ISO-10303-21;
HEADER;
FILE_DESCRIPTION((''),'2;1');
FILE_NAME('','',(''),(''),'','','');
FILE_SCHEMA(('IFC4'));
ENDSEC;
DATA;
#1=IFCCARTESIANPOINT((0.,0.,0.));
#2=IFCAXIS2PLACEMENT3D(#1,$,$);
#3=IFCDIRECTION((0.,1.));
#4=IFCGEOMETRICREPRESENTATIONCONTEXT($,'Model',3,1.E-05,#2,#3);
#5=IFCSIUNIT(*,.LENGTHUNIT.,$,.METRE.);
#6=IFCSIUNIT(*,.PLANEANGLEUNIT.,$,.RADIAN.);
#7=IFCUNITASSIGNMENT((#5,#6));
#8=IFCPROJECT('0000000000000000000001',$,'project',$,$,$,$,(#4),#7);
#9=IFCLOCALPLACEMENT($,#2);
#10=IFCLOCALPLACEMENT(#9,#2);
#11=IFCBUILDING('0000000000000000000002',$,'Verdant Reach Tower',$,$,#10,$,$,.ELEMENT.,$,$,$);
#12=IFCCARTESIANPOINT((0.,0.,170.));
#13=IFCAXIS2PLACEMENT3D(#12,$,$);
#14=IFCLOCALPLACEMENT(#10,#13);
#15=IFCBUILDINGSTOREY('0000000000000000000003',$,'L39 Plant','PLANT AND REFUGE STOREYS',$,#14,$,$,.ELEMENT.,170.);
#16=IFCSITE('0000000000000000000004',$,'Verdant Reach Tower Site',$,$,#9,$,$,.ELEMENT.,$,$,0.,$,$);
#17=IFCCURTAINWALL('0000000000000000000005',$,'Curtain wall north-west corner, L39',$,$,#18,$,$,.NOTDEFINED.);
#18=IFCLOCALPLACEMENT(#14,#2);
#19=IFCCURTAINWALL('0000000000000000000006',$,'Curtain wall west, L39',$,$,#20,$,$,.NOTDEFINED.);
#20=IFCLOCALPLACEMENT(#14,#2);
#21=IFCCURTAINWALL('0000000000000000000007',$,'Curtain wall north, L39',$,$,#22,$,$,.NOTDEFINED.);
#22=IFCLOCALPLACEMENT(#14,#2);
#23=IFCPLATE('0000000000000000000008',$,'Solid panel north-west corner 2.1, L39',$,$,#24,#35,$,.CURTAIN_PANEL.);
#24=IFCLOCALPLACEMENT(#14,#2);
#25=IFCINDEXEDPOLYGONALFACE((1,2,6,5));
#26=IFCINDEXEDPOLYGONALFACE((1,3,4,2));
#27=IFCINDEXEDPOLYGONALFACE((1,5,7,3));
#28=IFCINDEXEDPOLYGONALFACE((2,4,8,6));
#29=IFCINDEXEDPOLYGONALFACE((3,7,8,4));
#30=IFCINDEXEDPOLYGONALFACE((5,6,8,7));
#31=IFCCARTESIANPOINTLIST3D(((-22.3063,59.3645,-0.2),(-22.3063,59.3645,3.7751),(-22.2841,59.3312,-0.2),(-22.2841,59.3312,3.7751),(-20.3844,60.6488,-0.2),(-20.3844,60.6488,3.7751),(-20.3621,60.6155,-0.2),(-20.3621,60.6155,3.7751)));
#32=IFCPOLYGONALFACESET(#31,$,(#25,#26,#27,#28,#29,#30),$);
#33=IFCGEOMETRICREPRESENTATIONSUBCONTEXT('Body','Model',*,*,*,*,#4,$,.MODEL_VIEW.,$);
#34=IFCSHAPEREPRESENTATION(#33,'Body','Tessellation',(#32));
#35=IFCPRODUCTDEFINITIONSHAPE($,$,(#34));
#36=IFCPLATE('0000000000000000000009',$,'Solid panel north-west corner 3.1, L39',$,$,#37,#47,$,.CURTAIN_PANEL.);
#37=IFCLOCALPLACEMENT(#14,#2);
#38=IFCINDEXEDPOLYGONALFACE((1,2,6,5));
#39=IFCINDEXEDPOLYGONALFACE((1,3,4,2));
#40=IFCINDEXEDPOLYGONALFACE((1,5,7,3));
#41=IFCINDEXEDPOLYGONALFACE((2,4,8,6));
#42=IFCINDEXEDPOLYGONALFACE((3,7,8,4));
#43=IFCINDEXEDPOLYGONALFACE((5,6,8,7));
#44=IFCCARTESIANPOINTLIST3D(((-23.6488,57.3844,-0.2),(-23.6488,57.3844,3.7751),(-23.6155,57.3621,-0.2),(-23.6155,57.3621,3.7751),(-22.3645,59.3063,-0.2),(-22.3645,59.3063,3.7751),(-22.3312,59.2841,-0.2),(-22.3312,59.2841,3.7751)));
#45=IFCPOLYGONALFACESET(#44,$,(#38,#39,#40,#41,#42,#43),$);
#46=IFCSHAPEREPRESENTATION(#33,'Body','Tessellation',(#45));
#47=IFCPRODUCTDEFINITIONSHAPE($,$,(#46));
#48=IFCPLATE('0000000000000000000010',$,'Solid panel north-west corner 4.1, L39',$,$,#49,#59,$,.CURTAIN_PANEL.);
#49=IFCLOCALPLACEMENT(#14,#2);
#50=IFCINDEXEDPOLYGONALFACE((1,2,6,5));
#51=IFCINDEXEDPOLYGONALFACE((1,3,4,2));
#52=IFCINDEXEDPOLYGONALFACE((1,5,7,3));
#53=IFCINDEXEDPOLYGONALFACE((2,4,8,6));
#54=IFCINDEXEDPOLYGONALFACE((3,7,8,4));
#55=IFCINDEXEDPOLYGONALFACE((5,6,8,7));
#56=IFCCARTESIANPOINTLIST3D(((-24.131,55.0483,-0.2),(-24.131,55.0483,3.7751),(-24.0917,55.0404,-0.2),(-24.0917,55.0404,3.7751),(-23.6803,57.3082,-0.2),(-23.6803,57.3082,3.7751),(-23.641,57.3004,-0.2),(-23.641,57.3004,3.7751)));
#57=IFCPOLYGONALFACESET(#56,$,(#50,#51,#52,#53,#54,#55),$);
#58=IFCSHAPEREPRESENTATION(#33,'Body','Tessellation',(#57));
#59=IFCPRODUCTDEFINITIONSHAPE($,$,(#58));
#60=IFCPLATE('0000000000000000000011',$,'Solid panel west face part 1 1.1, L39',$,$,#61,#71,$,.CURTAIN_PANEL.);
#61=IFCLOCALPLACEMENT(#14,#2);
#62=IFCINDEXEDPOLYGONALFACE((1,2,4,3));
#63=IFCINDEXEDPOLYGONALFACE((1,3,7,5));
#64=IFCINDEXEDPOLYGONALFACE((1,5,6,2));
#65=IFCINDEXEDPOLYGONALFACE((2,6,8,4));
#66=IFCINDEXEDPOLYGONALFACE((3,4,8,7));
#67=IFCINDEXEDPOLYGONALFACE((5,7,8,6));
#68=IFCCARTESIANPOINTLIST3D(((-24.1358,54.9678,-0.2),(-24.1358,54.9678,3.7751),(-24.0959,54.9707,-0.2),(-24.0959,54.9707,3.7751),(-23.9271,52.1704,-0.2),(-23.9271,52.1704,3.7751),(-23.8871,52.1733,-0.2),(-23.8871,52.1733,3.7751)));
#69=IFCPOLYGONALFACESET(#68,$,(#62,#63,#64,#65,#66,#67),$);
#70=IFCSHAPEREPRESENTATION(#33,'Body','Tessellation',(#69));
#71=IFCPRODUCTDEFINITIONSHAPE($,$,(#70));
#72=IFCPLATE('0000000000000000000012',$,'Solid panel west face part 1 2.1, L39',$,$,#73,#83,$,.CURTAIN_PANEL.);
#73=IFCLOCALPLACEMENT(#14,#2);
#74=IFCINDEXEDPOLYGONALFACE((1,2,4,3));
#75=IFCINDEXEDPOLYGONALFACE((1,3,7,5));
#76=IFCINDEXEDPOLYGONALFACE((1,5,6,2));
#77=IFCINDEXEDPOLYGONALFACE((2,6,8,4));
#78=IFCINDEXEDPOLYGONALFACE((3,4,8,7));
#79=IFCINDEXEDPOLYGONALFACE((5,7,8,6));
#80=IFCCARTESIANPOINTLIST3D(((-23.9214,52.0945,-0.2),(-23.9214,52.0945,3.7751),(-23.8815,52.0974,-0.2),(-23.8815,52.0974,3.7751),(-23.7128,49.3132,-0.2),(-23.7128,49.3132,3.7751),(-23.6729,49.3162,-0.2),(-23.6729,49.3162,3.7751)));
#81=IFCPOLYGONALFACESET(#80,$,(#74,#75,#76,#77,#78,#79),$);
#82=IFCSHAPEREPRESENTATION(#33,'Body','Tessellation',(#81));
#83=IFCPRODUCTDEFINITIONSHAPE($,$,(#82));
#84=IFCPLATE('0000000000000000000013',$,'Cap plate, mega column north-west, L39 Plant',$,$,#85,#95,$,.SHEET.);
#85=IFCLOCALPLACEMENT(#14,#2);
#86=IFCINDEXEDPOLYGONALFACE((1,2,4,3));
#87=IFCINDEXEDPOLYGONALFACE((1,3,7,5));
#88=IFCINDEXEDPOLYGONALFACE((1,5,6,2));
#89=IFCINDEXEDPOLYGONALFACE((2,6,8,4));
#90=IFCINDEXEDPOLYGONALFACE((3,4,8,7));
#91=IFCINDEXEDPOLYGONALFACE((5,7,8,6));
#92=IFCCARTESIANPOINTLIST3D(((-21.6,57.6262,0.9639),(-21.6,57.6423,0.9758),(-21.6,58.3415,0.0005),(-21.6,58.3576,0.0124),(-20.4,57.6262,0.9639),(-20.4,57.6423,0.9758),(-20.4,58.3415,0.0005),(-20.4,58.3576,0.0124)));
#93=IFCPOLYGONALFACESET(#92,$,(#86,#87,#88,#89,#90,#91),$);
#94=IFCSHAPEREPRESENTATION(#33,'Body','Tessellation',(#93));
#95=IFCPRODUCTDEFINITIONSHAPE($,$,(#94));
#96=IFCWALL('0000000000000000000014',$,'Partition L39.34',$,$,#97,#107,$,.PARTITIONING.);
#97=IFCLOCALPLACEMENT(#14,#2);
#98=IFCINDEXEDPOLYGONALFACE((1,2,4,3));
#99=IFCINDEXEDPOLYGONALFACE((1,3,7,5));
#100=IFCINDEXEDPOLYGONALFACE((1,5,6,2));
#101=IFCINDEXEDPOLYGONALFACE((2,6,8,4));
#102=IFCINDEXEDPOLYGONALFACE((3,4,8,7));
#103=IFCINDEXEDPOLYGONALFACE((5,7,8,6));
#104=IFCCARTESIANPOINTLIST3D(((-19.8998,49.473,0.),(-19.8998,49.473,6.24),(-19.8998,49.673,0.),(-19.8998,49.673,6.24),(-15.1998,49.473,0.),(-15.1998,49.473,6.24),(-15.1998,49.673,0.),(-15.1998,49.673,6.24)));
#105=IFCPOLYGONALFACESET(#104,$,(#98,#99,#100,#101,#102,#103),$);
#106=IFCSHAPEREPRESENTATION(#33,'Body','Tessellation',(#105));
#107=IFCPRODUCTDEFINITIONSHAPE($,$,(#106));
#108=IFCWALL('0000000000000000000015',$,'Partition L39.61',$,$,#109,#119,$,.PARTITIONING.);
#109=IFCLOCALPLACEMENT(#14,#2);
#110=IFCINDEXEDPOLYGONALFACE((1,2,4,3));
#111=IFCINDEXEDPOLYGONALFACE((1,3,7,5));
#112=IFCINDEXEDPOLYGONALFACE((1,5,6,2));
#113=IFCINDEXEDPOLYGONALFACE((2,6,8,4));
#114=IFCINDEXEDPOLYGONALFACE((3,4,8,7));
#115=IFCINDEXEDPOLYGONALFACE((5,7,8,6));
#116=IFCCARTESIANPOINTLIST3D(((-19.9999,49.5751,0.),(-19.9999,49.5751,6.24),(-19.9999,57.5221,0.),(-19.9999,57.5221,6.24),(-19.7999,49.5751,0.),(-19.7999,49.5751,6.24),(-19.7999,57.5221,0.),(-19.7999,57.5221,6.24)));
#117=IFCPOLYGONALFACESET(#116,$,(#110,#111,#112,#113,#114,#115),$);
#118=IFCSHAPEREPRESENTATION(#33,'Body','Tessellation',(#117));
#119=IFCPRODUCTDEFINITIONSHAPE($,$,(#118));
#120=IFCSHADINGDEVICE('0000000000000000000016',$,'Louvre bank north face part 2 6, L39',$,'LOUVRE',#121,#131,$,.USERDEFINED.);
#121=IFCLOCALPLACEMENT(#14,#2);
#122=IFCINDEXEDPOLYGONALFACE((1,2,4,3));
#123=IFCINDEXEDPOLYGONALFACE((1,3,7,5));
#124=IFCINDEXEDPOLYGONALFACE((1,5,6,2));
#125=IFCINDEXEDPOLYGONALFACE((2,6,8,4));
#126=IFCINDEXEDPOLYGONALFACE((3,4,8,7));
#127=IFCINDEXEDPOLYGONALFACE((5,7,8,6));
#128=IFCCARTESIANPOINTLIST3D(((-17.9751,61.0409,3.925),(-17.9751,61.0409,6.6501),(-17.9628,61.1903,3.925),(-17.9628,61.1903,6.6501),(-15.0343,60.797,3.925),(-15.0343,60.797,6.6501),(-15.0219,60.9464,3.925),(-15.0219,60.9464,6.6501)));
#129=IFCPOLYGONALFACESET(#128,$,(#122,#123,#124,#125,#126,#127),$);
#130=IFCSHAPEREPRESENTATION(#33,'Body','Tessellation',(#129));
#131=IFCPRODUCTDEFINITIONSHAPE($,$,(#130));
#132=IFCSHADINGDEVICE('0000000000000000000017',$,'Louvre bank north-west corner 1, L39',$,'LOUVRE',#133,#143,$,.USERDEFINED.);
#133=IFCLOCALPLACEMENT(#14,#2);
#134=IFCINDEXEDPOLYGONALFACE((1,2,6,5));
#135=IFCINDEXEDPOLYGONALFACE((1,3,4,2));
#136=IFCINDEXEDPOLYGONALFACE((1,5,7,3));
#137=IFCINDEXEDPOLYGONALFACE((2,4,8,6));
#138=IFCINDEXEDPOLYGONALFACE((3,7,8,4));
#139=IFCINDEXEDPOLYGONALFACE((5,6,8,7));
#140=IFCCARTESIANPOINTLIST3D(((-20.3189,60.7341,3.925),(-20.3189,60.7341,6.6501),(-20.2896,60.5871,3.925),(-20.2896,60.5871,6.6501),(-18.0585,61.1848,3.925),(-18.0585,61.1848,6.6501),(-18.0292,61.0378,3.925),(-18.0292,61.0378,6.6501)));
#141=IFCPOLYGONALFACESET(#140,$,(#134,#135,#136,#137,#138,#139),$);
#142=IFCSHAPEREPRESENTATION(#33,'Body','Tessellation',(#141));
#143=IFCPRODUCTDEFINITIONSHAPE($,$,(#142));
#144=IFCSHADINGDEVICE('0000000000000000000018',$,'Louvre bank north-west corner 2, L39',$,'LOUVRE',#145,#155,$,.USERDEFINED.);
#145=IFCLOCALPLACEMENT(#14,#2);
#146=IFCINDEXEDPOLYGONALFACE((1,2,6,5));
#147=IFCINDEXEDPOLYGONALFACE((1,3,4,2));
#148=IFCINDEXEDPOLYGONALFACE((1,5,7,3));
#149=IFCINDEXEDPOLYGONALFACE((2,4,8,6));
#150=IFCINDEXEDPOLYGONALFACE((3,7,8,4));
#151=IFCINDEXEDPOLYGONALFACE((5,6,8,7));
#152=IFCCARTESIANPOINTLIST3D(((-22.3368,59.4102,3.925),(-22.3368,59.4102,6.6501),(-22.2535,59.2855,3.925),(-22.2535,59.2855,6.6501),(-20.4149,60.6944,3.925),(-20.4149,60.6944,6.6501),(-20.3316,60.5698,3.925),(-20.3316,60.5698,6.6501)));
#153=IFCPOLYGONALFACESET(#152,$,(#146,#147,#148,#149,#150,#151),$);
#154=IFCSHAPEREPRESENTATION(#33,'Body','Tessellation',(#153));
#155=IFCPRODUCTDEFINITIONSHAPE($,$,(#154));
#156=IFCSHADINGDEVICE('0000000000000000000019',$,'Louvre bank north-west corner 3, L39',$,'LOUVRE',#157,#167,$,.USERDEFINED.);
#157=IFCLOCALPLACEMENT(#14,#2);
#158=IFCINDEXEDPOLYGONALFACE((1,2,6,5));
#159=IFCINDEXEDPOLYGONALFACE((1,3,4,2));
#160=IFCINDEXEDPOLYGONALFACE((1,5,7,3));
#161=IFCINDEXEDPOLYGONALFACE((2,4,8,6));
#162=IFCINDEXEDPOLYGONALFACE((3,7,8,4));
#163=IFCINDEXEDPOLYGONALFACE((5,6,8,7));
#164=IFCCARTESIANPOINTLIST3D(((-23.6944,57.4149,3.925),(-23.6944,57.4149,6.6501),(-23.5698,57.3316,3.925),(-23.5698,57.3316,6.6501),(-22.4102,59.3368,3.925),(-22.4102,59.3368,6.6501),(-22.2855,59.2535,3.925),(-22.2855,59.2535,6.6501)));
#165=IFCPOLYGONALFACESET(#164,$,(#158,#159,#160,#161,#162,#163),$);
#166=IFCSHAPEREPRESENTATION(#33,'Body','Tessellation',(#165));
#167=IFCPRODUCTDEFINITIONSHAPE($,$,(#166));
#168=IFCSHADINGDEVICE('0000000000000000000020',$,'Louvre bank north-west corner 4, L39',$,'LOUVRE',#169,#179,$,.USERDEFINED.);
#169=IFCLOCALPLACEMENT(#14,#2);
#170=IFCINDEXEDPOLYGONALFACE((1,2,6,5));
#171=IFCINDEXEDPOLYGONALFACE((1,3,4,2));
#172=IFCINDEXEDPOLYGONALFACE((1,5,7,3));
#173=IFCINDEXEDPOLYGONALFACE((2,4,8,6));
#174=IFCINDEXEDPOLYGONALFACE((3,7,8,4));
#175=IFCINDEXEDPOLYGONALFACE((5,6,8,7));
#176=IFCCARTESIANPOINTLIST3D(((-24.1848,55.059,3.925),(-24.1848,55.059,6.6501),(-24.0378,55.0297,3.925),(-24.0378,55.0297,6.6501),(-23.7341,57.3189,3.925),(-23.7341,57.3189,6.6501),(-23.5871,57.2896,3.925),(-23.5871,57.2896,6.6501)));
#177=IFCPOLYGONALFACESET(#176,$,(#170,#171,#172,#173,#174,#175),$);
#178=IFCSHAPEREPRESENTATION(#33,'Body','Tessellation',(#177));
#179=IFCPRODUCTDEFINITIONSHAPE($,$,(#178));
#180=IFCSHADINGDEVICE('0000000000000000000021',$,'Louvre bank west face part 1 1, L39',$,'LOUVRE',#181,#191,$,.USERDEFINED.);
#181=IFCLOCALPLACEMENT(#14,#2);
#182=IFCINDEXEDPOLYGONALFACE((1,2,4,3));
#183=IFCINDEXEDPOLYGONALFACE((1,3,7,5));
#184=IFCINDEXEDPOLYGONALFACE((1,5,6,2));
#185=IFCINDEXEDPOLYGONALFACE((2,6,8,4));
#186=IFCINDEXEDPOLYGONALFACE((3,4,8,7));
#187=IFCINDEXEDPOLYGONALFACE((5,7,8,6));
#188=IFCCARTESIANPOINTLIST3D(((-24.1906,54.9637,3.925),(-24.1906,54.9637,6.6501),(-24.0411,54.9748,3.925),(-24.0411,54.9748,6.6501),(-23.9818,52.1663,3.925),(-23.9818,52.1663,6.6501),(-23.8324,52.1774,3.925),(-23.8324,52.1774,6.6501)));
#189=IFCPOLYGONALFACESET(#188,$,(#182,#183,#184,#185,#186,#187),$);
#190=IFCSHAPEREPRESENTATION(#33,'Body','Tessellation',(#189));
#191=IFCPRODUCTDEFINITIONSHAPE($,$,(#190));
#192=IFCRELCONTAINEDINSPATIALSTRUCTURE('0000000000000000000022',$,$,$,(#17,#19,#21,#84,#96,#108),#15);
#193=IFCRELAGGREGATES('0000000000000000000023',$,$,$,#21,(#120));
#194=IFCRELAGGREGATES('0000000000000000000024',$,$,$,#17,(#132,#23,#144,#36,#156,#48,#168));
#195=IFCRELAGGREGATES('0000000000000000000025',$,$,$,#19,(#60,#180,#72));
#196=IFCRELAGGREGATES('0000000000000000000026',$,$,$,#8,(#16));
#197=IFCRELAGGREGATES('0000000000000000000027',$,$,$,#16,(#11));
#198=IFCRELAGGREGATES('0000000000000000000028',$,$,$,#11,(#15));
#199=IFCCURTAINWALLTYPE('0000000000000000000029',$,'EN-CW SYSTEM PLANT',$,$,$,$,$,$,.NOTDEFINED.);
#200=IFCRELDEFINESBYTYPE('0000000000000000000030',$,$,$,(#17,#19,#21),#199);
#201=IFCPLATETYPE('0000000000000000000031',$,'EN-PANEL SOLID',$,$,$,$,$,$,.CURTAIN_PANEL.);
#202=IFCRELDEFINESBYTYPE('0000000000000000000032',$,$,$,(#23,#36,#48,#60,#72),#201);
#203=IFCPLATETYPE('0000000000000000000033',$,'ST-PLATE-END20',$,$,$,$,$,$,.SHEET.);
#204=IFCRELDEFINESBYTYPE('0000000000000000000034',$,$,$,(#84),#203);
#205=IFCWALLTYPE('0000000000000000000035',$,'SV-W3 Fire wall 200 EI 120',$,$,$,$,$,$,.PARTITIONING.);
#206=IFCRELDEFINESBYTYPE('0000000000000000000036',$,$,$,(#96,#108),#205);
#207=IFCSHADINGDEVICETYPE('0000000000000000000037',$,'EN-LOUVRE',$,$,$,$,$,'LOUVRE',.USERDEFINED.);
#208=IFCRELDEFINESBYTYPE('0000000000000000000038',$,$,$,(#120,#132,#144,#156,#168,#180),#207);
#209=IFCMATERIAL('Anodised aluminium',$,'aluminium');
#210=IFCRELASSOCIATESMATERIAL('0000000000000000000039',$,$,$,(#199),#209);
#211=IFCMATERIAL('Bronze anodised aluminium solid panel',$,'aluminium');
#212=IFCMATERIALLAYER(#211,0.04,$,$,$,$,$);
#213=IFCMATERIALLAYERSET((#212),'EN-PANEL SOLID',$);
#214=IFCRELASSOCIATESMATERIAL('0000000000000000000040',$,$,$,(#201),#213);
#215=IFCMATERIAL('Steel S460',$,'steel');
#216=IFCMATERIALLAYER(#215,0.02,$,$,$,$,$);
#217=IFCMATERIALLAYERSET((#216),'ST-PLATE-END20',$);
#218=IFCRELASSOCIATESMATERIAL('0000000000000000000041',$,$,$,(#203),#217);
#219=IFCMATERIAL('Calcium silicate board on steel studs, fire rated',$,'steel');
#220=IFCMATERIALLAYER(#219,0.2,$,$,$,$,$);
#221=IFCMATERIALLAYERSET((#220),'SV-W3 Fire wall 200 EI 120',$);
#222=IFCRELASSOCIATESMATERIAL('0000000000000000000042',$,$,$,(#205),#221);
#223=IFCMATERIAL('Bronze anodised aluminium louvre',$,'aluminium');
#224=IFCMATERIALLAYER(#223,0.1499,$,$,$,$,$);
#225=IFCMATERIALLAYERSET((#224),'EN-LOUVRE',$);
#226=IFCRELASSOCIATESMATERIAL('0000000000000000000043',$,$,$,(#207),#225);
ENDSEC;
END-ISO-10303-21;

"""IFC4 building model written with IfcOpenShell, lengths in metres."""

from ifc_helpers import new_model, si_unit, direction, frame, frame_2d, origin, origin_2d, place, context, subcontext, project, spatial, rectangle, extrude, material, layer, layer_set, type_object, element, aggregate, save


model = new_model("IFC4")

# Units and contexts
model_context = context("Model", 3, precision=1e-05, world=origin(), true_north=direction((0.0, 1.0)))
body_context = subcontext(model_context, "Body", "Model", "MODEL_VIEW")
ifc_project = project(units=[si_unit("LENGTHUNIT", "METRE"), si_unit("PLANEANGLEUNIT", "RADIAN")], contexts=[model_context])

# Site, building, storey
site_placement = place(None, origin())
site = spatial("IfcSite", under=ifc_project, at=site_placement, Name="Verdant Reach Tower Site", CompositionType="ELEMENT", RefElevation=0.0)
building_placement = place(site_placement, origin())
building = spatial("IfcBuilding", under=site, at=building_placement, Name="Verdant Reach Tower", CompositionType="ELEMENT")
storey_placement = place(building_placement, frame((0.0, 0.0, 170.0)))
storey = spatial("IfcBuildingStorey", under=building, at=storey_placement, Name="L39 Plant", Description="PLANT AND REFUGE STOREYS", CompositionType="ELEMENT", Elevation=170.0)

# Shared definitions
ifc_material_1 = material(Name="Steel S460", Category="steel")

# Curtain walls
ifc_material_2 = material(Name="Anodised aluminium", Category="aluminium")
curtain_wall_type = type_object("IfcCurtainWallType", Name="EN-CW SYSTEM PLANT", PredefinedType="NOTDEFINED", material=ifc_material_2)
curtain_wall_1_placement = place(storey_placement, origin())
curtain_wall_1 = element("IfcCurtainWall", 1, at=curtain_wall_1_placement, inside=storey, type_object=curtain_wall_type, Name="Curtain wall north-west corner, L39", PredefinedType="NOTDEFINED")
curtain_wall_2_placement = place(storey_placement, origin())
curtain_wall_2 = element("IfcCurtainWall", 2, at=curtain_wall_2_placement, inside=storey, type_object=curtain_wall_type, Name="Curtain wall west, L39", PredefinedType="NOTDEFINED")

# Curtain wall
curtain_wall_3_placement = place(storey_placement, origin())
curtain_wall_3 = element("IfcCurtainWall", 3, at=curtain_wall_3_placement, inside=storey, type_object=curtain_wall_type, Name="Curtain wall north, L39", PredefinedType="NOTDEFINED")
ifc_material_3 = material(Name="Bronze anodised aluminium solid panel", Category="aluminium")
ifc_layer_1 = layer(ifc_material_3, 0.04)
ifc_layer_set_1 = layer_set([ifc_layer_1], Name="EN-PANEL SOLID")
plate_type_1 = type_object("IfcPlateType", Name="EN-PANEL SOLID", PredefinedType="CURTAIN_PANEL", material=ifc_layer_set_1)

# Plates
plate_1_placement = place(storey_placement, frame((-21.3342, 59.99, -0.2), z_axis=(0.0, 0.0, 1.0), x_axis=(-0.831452, -0.555596, 0.0)))
plate_1 = element("IfcPlate", 4, at=plate_1_placement, type_object=plate_type_1, Name="Solid panel north-west corner 2.1, L39", PredefinedType="CURTAIN_PANEL", context=body_context, shape_type="SweptSolid", body=[
    extrude(rectangle(XDim=2.3115, YDim=0.04, at=origin_2d()), origin(), (0.0, 0.0, 1.0), 3.9751),
])
plate_2_placement = place(storey_placement, frame((-22.99, 58.3342, -0.2), z_axis=(0.0, 0.0, 1.0), x_axis=(-0.555596, -0.831452, 0.0)))
plate_2 = element("IfcPlate", 5, at=plate_2_placement, type_object=plate_type_1, Name="Solid panel north-west corner 3.1, L39", PredefinedType="CURTAIN_PANEL", context=body_context, shape_type="SweptSolid", body=[
    extrude(rectangle(XDim=2.3115, YDim=0.04, at=origin_2d()), origin(), (0.0, 0.0, 1.0), 3.9751),
])
plate_3_placement = place(storey_placement, frame((-23.886, 56.1743, -0.2), z_axis=(0.0, 0.0, 1.0), x_axis=(-0.195573, -0.980689, 0.0)))
plate_3 = element("IfcPlate", 6, at=plate_3_placement, type_object=plate_type_1, Name="Solid panel north-west corner 4.1, L39", PredefinedType="CURTAIN_PANEL", context=body_context, shape_type="SweptSolid", body=[
    extrude(rectangle(XDim=2.3044, YDim=0.04, at=origin_2d()), origin(), (0.0, 0.0, 1.0), 3.9751),
])
plate_4_placement = place(storey_placement, frame((-24.0115, 53.5706, -0.2), z_axis=(0.0, 0.0, 1.0), x_axis=(0.074412, -0.997228, 0.0)))
plate_4 = element("IfcPlate", 7, at=plate_4_placement, type_object=plate_type_1, Name="Solid panel west face part 1 1.1, L39", PredefinedType="CURTAIN_PANEL", context=body_context, shape_type="SweptSolid", body=[
    extrude(rectangle(XDim=2.8052, YDim=0.04, at=origin_2d()), origin(), (0.0, 0.0, 1.0), 3.9751),
])
plate_5_placement = place(storey_placement, frame((-23.7971, 50.7053, -0.2), z_axis=(0.0, 0.0, 1.0), x_axis=(0.07479, -0.997199, 0.0)))
plate_5 = element("IfcPlate", 8, at=plate_5_placement, type_object=plate_type_1, Name="Solid panel west face part 1 2.1, L39", PredefinedType="CURTAIN_PANEL", context=body_context, shape_type="SweptSolid", body=[
    extrude(rectangle(XDim=2.7891, YDim=0.04, at=origin_2d()), origin(), (0.0, 0.0, 1.0), 3.9751),
])
ifc_layer_2 = layer(ifc_material_1, 0.02)
ifc_layer_set_2 = layer_set([ifc_layer_2], Name="ST-PLATE-END20")
plate_type_2 = type_object("IfcPlateType", Name="ST-PLATE-END20", PredefinedType="SHEET", material=ifc_layer_set_2)
plate_6_placement = place(storey_placement, frame((-21.0, 57.9839, 0.4822), z_axis=(0.0, 0.80291, 0.5961), x_axis=(-1.0, 0.0, 0.0)))
element("IfcPlate", 9, at=plate_6_placement, inside=storey, type_object=plate_type_2, Name="Cap plate, mega column north-west, L39 Plant", PredefinedType="SHEET", context=body_context, shape_type="SweptSolid", body=[
    extrude(rectangle(XDim=1.2, YDim=1.2, at=origin_2d()), origin(), (0.0, 0.0, 1.0), 0.02),
])

# Walls
ifc_material_4 = material(Name="Calcium silicate board on steel studs, fire rated", Category="steel")
ifc_layer_3 = layer(ifc_material_4, 0.2)
ifc_layer_set_3 = layer_set([ifc_layer_3], Name="SV-W3 Fire wall 200 EI 120")
wall_type = type_object("IfcWallType", Name="SV-W3 Fire wall 200 EI 120", PredefinedType="PARTITIONING", material=ifc_layer_set_3)
wall_1_placement = place(storey_placement, frame((-19.8999, 49.573, 0.0), z_axis=(0.0, 0.0, 1.0), x_axis=(1.0, 0.0, 0.0)))
element("IfcWall", 10, at=wall_1_placement, inside=storey, type_object=wall_type, Name="Partition L39.34", PredefinedType="PARTITIONING", context=body_context, shape_type="SweptSolid", body=[
    extrude(rectangle(XDim=4.7, YDim=0.2, at=frame_2d((2.3501, 0.0))), origin(), (0.0, 0.0, 1.0), 6.24),
])
wall_2_placement = place(storey_placement, frame((-19.8999, 49.575, 0.0), z_axis=(0.0, 0.0, 1.0), x_axis=(0.0, 1.0, 0.0)))
element("IfcWall", 11, at=wall_2_placement, inside=storey, type_object=wall_type, Name="Partition L39.61", PredefinedType="PARTITIONING", context=body_context, shape_type="SweptSolid", body=[
    extrude(rectangle(XDim=7.947, YDim=0.2, at=frame_2d((3.9736, 0.0))), origin(), (0.0, 0.0, 1.0), 6.24),
])

# Shading devices
ifc_material_5 = material(Name="Bronze anodised aluminium louvre", Category="aluminium")
ifc_layer_4 = layer(ifc_material_5, 0.1499)
ifc_layer_set_4 = layer_set([ifc_layer_4], Name="EN-LOUVRE")
shading_device_type = type_object("IfcShadingDeviceType", Name="EN-LOUVRE", ElementType="LOUVRE", PredefinedType="USERDEFINED", material=ifc_layer_set_4)
shading_device_1_placement = place(storey_placement, frame((-16.4985, 60.9937, 3.925), z_axis=(0.0, 0.0, 1.0), x_axis=(-0.996578, 0.082664, 0.0)))
shading_device_1 = element("IfcShadingDevice", 12, at=shading_device_1_placement, type_object=shading_device_type, Name="Louvre bank north face part 2 6, L39", ObjectType="LOUVRE", PredefinedType="USERDEFINED", context=body_context, shape_type="SweptSolid", body=[
    extrude(rectangle(XDim=2.9509, YDim=0.1499, at=origin_2d()), origin(), (0.0, 0.0, 1.0), 2.7251),
])
aggregate(curtain_wall_3, [shading_device_1])
shading_device_2_placement = place(storey_placement, frame((-19.1741, 60.886, 3.925), z_axis=(0.0, 0.0, 1.0), x_axis=(-0.980695, -0.195545, 0.0)))
shading_device_2 = element("IfcShadingDevice", 13, at=shading_device_2_placement, type_object=shading_device_type, Name="Louvre bank north-west corner 1, L39", ObjectType="LOUVRE", PredefinedType="USERDEFINED", context=body_context, shape_type="SweptSolid", body=[
    extrude(rectangle(XDim=2.3049, YDim=0.1499, at=origin_2d()), origin(), (0.0, 0.0, 1.0), 2.7251),
])
shading_device_3_placement = place(storey_placement, frame((-21.3342, 59.99, 3.925), z_axis=(0.0, 0.0, 1.0), x_axis=(-0.831452, -0.555596, 0.0)))
shading_device_3 = element("IfcShadingDevice", 14, at=shading_device_3_placement, type_object=shading_device_type, Name="Louvre bank north-west corner 2, L39", ObjectType="LOUVRE", PredefinedType="USERDEFINED", context=body_context, shape_type="SweptSolid", body=[
    extrude(rectangle(XDim=2.3115, YDim=0.1499, at=origin_2d()), origin(), (0.0, 0.0, 1.0), 2.7251),
])
shading_device_4_placement = place(storey_placement, frame((-22.99, 58.3342, 3.925), z_axis=(0.0, 0.0, 1.0), x_axis=(-0.555596, -0.831452, 0.0)))
shading_device_4 = element("IfcShadingDevice", 15, at=shading_device_4_placement, type_object=shading_device_type, Name="Louvre bank north-west corner 3, L39", ObjectType="LOUVRE", PredefinedType="USERDEFINED", context=body_context, shape_type="SweptSolid", body=[
    extrude(rectangle(XDim=2.3115, YDim=0.1499, at=origin_2d()), origin(), (0.0, 0.0, 1.0), 2.7251),
])
shading_device_5_placement = place(storey_placement, frame((-23.886, 56.1743, 3.925), z_axis=(0.0, 0.0, 1.0), x_axis=(-0.195573, -0.980689, 0.0)))
shading_device_5 = element("IfcShadingDevice", 16, at=shading_device_5_placement, type_object=shading_device_type, Name="Louvre bank north-west corner 4, L39", ObjectType="LOUVRE", PredefinedType="USERDEFINED", context=body_context, shape_type="SweptSolid", body=[
    extrude(rectangle(XDim=2.3044, YDim=0.1499, at=origin_2d()), origin(), (0.0, 0.0, 1.0), 2.7251),
])
aggregate(curtain_wall_1, [shading_device_2, plate_1, shading_device_3, plate_2, shading_device_4, plate_3, shading_device_5])
shading_device_6_placement = place(storey_placement, frame((-24.0115, 53.5706, 3.925), z_axis=(0.0, 0.0, 1.0), x_axis=(0.074412, -0.997228, 0.0)))
shading_device_6 = element("IfcShadingDevice", 17, at=shading_device_6_placement, type_object=shading_device_type, Name="Louvre bank west face part 1 1, L39", ObjectType="LOUVRE", PredefinedType="USERDEFINED", context=body_context, shape_type="SweptSolid", body=[
    extrude(rectangle(XDim=2.8052, YDim=0.1499, at=origin_2d()), origin(), (0.0, 0.0, 1.0), 2.7251),
])
aggregate(curtain_wall_2, [plate_4, shading_device_6, plate_5])

save(model, "model.ifc")
